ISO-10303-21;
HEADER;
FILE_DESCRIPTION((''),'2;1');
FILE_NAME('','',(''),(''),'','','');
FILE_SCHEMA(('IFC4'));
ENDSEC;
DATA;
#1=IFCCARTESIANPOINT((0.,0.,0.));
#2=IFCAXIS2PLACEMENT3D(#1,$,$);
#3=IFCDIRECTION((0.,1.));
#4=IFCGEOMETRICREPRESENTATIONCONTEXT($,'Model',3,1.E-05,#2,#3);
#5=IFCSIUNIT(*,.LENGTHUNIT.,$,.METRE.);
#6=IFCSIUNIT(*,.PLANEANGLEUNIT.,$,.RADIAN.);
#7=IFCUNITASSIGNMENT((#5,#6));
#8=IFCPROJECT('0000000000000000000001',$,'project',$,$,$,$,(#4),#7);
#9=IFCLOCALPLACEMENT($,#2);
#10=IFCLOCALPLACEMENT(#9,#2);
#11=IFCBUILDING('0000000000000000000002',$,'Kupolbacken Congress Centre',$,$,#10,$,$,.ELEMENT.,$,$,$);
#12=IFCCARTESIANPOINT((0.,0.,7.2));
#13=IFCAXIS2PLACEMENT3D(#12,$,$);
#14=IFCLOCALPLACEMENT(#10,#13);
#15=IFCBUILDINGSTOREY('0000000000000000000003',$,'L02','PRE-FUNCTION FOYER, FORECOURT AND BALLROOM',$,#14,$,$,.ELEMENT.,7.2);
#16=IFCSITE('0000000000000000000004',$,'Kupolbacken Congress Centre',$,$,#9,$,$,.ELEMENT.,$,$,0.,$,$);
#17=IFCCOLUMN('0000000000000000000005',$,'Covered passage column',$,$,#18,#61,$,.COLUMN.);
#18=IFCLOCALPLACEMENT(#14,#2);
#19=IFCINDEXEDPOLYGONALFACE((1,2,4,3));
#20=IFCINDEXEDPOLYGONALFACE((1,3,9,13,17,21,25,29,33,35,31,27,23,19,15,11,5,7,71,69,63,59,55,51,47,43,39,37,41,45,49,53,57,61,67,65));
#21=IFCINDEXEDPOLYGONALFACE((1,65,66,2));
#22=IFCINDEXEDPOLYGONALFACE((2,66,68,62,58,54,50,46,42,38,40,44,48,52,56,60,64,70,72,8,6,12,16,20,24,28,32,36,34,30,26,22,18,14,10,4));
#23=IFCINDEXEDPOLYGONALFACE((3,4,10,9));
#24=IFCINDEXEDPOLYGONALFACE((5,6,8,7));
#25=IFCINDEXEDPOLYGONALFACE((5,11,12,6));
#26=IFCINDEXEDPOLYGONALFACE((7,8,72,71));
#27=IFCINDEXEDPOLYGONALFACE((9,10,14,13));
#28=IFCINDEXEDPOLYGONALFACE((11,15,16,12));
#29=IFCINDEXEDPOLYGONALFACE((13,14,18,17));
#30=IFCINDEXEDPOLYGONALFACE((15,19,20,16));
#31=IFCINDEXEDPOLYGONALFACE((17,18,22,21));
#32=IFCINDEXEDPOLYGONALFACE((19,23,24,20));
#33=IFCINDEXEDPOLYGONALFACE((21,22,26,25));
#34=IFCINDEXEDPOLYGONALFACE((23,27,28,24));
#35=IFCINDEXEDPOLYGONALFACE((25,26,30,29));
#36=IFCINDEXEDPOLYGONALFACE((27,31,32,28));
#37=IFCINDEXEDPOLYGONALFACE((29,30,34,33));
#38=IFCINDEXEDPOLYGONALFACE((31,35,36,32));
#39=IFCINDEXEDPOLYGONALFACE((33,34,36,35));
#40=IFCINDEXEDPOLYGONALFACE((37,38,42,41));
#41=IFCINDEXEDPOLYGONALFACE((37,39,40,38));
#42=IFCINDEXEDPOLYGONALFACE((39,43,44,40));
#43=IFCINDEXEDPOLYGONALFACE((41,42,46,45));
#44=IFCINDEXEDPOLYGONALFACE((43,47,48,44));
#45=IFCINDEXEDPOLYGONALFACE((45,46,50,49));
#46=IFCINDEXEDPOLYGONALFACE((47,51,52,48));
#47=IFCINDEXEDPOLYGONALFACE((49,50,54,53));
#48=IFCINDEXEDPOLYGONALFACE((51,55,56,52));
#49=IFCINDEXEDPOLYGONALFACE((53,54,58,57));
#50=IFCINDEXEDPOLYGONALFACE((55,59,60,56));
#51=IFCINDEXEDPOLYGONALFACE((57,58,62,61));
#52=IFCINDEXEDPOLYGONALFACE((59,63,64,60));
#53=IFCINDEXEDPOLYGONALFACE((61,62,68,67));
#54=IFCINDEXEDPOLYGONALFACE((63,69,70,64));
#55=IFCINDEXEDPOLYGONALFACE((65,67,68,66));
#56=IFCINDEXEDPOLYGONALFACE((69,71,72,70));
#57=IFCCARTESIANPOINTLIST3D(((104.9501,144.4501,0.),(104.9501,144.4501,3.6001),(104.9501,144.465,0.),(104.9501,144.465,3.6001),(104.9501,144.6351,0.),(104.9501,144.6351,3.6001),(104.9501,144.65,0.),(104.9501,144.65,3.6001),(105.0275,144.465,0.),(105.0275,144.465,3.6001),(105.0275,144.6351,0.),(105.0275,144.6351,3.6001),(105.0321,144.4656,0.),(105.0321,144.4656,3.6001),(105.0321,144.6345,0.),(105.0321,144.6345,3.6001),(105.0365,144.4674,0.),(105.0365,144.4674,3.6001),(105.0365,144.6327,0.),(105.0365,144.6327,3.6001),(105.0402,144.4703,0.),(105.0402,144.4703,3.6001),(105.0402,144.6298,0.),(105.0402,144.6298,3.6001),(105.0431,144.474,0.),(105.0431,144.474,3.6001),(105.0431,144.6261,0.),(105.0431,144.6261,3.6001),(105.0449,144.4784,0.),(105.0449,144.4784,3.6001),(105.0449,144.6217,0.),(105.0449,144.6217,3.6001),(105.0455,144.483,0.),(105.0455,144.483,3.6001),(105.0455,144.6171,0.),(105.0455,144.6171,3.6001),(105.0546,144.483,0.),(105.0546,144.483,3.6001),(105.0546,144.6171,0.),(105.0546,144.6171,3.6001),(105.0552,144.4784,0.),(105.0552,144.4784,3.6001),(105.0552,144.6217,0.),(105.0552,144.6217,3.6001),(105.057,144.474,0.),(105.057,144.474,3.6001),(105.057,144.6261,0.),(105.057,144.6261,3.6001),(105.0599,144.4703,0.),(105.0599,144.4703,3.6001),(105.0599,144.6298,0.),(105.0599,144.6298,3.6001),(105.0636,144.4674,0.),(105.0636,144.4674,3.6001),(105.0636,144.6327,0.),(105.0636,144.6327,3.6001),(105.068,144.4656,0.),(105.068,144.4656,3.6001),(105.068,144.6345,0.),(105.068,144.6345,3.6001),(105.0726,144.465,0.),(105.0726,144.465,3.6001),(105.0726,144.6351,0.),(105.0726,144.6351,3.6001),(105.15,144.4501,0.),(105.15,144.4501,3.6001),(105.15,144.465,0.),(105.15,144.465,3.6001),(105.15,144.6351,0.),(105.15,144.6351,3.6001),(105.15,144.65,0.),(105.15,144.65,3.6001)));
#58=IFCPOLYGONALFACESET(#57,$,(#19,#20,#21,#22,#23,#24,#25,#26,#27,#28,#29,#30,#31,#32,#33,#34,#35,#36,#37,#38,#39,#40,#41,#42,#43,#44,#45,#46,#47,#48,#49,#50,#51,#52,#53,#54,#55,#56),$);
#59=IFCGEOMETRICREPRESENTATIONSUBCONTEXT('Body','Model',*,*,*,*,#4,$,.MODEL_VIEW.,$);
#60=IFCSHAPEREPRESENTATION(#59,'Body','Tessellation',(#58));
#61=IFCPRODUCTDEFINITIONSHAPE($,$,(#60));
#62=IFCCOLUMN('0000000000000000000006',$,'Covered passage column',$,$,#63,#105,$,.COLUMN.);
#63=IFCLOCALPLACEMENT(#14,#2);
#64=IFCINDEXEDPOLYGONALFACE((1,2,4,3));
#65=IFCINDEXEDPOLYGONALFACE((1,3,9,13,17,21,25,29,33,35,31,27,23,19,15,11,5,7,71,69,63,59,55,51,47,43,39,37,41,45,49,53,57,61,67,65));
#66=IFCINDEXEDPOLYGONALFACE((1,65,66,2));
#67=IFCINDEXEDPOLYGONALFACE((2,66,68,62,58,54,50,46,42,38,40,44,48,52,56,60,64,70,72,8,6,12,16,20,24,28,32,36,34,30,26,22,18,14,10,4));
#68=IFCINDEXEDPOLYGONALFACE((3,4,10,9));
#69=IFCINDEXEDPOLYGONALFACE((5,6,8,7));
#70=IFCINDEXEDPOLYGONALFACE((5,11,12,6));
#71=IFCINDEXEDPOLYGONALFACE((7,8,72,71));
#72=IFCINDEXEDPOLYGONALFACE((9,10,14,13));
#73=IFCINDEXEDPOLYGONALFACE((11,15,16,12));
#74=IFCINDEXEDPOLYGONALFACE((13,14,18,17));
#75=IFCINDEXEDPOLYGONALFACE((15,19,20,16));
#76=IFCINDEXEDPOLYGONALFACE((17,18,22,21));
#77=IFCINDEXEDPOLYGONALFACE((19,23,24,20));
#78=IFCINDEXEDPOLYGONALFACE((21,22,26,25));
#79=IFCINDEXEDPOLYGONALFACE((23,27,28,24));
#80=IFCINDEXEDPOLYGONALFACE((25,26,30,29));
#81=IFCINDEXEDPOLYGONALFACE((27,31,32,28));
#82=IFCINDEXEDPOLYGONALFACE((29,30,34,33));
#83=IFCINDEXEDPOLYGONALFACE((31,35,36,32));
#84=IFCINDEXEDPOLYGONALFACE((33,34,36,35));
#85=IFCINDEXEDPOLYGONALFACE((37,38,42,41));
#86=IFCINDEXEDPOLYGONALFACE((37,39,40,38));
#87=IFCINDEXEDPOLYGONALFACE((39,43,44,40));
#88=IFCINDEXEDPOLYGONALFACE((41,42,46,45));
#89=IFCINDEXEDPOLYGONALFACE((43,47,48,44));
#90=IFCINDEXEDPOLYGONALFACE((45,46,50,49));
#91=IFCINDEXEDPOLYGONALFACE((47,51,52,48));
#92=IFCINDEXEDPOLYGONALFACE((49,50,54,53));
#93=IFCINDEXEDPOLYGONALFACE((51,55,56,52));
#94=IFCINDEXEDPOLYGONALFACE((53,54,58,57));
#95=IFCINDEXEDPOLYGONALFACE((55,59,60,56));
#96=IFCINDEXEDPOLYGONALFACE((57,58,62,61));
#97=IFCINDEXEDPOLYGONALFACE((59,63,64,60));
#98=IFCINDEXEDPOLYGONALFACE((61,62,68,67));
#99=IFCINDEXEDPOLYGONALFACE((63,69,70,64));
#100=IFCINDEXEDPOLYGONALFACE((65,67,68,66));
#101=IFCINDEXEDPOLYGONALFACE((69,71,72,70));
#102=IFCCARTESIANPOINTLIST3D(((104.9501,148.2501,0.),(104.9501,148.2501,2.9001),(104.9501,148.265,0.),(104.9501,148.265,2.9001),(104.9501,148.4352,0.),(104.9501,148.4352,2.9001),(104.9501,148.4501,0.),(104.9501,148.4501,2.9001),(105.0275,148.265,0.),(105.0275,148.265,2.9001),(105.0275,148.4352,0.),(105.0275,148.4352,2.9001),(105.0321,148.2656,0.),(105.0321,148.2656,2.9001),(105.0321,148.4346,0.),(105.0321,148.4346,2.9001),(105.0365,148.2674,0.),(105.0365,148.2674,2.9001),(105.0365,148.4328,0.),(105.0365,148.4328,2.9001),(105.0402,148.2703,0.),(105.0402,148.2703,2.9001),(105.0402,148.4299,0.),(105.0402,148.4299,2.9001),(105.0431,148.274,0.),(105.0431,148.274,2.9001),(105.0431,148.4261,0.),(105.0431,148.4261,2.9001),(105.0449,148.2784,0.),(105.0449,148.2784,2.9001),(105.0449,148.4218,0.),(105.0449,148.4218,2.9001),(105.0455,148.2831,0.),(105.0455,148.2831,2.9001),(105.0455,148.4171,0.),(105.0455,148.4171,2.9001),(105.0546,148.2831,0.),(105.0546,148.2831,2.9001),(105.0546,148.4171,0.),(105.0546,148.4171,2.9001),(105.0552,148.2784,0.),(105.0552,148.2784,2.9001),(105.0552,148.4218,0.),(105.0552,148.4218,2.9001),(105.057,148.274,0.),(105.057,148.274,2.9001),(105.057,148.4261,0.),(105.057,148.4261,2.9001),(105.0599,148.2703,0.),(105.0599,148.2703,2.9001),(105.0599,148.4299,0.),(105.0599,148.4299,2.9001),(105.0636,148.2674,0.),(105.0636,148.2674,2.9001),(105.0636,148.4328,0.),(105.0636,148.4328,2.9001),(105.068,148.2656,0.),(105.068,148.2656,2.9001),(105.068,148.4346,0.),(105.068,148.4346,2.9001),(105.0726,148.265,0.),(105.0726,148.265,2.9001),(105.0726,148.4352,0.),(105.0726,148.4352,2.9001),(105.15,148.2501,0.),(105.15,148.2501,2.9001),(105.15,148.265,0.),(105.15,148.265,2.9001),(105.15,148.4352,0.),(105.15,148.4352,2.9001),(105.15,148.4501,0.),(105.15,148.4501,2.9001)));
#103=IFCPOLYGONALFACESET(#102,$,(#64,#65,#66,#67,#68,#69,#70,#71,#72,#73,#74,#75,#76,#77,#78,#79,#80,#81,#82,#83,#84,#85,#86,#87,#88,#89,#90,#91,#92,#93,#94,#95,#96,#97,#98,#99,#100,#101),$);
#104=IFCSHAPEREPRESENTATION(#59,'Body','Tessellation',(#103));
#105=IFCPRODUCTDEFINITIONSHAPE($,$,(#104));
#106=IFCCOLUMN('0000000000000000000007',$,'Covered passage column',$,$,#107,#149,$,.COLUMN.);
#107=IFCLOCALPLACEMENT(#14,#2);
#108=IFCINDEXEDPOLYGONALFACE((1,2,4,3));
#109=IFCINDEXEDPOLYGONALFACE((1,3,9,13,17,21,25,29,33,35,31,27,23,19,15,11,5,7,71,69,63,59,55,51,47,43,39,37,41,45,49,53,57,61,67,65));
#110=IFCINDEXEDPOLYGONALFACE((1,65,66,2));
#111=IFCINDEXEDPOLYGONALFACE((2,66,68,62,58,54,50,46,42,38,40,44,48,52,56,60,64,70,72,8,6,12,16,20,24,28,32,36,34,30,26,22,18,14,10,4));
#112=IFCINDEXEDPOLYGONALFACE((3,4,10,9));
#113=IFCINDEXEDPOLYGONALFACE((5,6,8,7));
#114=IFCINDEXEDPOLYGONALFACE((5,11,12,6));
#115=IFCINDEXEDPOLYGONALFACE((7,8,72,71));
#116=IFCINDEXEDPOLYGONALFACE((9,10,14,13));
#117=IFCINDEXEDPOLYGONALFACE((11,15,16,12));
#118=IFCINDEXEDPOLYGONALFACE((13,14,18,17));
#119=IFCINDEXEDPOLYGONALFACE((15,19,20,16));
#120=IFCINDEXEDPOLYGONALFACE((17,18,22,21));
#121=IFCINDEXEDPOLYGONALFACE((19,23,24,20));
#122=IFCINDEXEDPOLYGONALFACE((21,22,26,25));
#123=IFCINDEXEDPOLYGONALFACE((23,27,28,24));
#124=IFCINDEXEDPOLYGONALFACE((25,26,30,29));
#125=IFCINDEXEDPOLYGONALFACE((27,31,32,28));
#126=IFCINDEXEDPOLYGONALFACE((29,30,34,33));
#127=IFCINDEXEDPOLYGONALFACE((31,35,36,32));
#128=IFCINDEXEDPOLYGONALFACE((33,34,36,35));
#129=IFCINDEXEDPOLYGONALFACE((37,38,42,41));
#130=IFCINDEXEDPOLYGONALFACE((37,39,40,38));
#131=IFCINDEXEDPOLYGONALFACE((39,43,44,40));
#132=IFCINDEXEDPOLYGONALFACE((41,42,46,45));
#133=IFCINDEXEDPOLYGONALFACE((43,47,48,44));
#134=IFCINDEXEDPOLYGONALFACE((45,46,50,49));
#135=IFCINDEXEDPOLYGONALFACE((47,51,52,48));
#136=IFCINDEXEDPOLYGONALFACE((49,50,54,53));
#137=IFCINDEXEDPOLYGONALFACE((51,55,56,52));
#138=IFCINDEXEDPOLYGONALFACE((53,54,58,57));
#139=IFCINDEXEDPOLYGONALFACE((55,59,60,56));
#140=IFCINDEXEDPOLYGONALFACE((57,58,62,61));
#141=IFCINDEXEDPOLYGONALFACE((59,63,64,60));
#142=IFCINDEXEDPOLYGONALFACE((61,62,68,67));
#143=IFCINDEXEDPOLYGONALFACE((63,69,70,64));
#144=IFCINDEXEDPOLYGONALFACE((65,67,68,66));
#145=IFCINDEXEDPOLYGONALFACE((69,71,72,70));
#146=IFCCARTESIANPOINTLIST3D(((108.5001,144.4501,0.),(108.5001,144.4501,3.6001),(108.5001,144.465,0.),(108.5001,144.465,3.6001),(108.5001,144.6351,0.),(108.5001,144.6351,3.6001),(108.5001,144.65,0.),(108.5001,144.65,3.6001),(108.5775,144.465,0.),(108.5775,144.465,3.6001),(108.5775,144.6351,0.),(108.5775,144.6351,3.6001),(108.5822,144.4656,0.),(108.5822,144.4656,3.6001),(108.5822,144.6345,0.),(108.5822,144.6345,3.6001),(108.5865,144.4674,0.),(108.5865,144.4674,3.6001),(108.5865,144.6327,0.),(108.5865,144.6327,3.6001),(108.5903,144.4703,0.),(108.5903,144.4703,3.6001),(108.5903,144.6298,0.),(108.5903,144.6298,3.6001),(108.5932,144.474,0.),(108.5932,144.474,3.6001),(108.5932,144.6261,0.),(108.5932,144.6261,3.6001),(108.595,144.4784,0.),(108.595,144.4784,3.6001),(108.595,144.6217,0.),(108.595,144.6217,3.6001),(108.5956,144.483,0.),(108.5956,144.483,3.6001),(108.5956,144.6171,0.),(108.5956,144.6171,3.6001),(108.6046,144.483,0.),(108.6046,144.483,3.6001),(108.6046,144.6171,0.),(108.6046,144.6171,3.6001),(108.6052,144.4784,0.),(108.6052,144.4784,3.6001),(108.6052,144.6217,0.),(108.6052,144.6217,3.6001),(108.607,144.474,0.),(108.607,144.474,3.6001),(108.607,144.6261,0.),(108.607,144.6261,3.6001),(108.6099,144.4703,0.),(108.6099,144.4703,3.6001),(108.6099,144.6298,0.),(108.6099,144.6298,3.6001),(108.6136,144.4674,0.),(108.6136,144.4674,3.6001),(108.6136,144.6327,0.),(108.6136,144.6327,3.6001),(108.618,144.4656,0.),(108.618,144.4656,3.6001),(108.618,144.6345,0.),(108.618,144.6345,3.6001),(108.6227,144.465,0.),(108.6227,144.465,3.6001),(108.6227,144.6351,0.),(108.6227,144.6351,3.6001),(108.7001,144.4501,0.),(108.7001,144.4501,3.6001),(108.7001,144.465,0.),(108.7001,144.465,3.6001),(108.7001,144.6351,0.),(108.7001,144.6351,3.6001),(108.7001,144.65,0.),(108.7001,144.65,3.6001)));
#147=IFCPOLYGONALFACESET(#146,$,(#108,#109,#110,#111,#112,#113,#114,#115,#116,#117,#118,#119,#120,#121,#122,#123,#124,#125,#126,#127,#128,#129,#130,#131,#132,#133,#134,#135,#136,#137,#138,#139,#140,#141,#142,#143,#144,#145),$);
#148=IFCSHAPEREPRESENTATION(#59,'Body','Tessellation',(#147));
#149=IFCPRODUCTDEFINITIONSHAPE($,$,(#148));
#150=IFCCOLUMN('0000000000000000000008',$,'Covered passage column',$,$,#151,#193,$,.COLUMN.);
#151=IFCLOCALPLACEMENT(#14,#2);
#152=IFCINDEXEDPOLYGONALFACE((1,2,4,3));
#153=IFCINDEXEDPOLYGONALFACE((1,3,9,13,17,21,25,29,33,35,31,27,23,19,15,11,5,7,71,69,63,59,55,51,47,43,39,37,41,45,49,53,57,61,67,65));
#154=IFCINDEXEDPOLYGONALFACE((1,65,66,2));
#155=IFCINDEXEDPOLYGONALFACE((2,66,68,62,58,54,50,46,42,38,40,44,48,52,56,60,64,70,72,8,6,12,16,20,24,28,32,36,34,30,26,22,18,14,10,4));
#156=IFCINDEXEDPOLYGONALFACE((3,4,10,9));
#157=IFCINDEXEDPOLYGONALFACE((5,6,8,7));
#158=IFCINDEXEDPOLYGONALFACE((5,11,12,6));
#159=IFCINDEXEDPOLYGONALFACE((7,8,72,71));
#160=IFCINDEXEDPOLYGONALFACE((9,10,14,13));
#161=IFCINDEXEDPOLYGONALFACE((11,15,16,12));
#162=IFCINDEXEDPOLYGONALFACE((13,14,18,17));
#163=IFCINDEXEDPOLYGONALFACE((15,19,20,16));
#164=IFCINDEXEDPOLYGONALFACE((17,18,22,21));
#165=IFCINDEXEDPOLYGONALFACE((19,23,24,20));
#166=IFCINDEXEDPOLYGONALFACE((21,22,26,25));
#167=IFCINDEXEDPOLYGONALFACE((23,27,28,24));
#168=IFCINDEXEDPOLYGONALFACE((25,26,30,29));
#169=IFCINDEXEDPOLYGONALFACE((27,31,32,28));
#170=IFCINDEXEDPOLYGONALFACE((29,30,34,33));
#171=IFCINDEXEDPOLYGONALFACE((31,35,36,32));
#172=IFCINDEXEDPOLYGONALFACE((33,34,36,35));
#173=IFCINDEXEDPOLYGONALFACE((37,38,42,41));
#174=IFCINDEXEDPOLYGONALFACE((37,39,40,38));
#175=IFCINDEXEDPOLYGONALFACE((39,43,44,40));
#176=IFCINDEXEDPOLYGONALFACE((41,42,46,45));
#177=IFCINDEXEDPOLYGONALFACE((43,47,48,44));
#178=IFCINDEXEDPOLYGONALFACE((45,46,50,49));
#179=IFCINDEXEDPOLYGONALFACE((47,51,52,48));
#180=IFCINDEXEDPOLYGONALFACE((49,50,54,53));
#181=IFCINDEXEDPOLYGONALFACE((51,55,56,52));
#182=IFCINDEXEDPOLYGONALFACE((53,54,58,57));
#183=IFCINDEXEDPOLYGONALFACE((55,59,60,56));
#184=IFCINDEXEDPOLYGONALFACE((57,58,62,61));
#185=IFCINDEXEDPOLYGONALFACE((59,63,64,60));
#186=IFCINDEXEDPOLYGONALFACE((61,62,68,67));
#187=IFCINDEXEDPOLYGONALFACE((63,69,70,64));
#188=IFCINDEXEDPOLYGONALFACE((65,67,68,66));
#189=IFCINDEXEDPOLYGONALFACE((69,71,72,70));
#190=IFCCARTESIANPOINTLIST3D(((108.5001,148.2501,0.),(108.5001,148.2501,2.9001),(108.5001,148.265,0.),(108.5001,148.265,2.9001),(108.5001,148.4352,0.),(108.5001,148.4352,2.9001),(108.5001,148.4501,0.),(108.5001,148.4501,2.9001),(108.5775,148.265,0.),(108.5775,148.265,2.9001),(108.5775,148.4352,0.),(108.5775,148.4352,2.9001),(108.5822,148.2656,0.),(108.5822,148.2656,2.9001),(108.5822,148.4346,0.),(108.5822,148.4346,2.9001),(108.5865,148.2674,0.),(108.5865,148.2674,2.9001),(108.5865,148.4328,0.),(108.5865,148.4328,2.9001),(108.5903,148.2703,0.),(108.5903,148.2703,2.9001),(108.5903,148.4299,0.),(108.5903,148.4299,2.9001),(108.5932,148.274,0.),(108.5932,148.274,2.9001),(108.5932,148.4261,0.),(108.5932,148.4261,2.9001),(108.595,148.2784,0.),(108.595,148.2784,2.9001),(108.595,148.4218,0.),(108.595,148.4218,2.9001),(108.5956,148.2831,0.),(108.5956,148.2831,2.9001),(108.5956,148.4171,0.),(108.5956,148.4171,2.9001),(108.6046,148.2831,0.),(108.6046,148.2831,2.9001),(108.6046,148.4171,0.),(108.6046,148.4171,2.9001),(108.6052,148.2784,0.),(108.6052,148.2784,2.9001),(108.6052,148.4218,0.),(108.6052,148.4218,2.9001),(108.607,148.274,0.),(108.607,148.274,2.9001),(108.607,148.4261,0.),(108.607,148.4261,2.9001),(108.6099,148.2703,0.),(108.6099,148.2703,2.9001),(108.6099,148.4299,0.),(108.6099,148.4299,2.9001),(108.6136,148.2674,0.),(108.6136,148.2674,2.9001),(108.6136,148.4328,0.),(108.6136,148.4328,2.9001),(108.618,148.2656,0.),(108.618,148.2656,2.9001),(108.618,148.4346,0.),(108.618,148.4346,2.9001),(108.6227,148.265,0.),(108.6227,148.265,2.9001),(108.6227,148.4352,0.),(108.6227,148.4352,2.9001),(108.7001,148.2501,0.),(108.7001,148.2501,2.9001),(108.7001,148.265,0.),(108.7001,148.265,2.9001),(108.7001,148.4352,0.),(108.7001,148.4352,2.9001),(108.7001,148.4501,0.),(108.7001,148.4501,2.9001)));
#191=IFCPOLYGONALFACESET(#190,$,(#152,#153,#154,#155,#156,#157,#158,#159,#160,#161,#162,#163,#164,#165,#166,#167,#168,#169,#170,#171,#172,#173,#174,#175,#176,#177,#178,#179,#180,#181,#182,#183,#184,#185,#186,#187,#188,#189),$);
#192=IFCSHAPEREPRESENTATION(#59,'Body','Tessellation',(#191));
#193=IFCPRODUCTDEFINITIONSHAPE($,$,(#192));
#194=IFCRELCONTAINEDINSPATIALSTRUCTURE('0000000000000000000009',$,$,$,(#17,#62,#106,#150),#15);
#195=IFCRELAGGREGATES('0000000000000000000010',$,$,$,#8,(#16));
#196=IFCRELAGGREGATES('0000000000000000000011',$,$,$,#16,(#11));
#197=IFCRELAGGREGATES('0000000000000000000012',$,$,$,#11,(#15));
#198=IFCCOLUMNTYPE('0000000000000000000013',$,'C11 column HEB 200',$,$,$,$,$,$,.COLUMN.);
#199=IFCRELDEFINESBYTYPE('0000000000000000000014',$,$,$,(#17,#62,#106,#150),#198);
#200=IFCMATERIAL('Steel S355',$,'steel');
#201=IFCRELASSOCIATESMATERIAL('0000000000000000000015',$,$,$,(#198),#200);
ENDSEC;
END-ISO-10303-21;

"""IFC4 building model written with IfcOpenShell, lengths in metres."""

from ifc_helpers import new_model, si_unit, direction, frame, origin, origin_2d, place, context, subcontext, project, spatial, i_section, extrude, material, material_profile, profile_set, type_object, element, save


model = new_model("IFC4")

# Units and contexts
model_context = context("Model", 3, precision=1e-05, world=origin(), true_north=direction((0.0, 1.0)))
body_context = subcontext(model_context, "Body", "Model", "MODEL_VIEW")
ifc_project = project(units=[si_unit("LENGTHUNIT", "METRE"), si_unit("PLANEANGLEUNIT", "RADIAN")], contexts=[model_context])

# Site, building, storey
site_placement = place(None, origin())
site = spatial("IfcSite", under=ifc_project, at=site_placement, Name="Kupolbacken Congress Centre", CompositionType="ELEMENT", RefElevation=0.0)
building_placement = place(site_placement, origin())
building = spatial("IfcBuilding", under=site, at=building_placement, Name="Kupolbacken Congress Centre", CompositionType="ELEMENT")
storey_placement = place(building_placement, frame((0.0, 0.0, 7.2)))
storey = spatial("IfcBuildingStorey", under=building, at=storey_placement, Name="L02", Description="PRE-FUNCTION FOYER, FORECOURT AND BALLROOM", CompositionType="ELEMENT", Elevation=7.2)

# Columns
ifc_material_1 = material(Name="Steel S355", Category="steel")
ifc_material_profile_1 = material_profile(ifc_material_1, i_section(OverallWidth=0.2, OverallDepth=0.2, WebThickness=0.009, FlangeThickness=0.0149, FilletRadius=0.0181, at=origin_2d()), Name="HEB 200")
ifc_profile_set_1 = profile_set([ifc_material_profile_1], Name="Steel S355")
column_type = type_object("IfcColumnType", Name="C11 column HEB 200", PredefinedType="COLUMN", material=ifc_profile_set_1)
column_1_placement = place(storey_placement, frame((105.05, 144.55, 0.0), z_axis=(0.0, 0.0, 1.0), x_axis=(1.0, 0.0, 0.0)))
element("IfcColumn", 1, at=column_1_placement, inside=storey, type_object=column_type, Name="Covered passage column", PredefinedType="COLUMN", context=body_context, shape_type="SweptSolid", body=[
    extrude(i_section(OverallWidth=0.2, OverallDepth=0.2, WebThickness=0.009, FlangeThickness=0.0149, FilletRadius=0.0181, at=origin_2d()), origin(), (0.0, 0.0, 1.0), 3.6001),
])
column_2_placement = place(storey_placement, frame((105.05, 148.3501, 0.0), z_axis=(0.0, 0.0, 1.0), x_axis=(1.0, 0.0, 0.0)))
element("IfcColumn", 2, at=column_2_placement, inside=storey, type_object=column_type, Name="Covered passage column", PredefinedType="COLUMN", context=body_context, shape_type="SweptSolid", body=[
    extrude(i_section(OverallWidth=0.2, OverallDepth=0.2, WebThickness=0.009, FlangeThickness=0.0149, FilletRadius=0.0181, at=origin_2d()), origin(), (0.0, 0.0, 1.0), 2.9001),
])
column_3_placement = place(storey_placement, frame((108.6001, 144.55, 0.0), z_axis=(0.0, 0.0, 1.0), x_axis=(1.0, 0.0, 0.0)))
element("IfcColumn", 3, at=column_3_placement, inside=storey, type_object=column_type, Name="Covered passage column", PredefinedType="COLUMN", context=body_context, shape_type="SweptSolid", body=[
    extrude(i_section(OverallWidth=0.2, OverallDepth=0.2, WebThickness=0.009, FlangeThickness=0.0149, FilletRadius=0.0181, at=origin_2d()), origin(), (0.0, 0.0, 1.0), 3.6001),
])
column_4_placement = place(storey_placement, frame((108.6001, 148.3501, 0.0), z_axis=(0.0, 0.0, 1.0), x_axis=(1.0, 0.0, 0.0)))
element("IfcColumn", 4, at=column_4_placement, inside=storey, type_object=column_type, Name="Covered passage column", PredefinedType="COLUMN", context=body_context, shape_type="SweptSolid", body=[
    extrude(i_section(OverallWidth=0.2, OverallDepth=0.2, WebThickness=0.009, FlangeThickness=0.0149, FilletRadius=0.0181, at=origin_2d()), origin(), (0.0, 0.0, 1.0), 2.9001),
])

save(model, "model.ifc")
